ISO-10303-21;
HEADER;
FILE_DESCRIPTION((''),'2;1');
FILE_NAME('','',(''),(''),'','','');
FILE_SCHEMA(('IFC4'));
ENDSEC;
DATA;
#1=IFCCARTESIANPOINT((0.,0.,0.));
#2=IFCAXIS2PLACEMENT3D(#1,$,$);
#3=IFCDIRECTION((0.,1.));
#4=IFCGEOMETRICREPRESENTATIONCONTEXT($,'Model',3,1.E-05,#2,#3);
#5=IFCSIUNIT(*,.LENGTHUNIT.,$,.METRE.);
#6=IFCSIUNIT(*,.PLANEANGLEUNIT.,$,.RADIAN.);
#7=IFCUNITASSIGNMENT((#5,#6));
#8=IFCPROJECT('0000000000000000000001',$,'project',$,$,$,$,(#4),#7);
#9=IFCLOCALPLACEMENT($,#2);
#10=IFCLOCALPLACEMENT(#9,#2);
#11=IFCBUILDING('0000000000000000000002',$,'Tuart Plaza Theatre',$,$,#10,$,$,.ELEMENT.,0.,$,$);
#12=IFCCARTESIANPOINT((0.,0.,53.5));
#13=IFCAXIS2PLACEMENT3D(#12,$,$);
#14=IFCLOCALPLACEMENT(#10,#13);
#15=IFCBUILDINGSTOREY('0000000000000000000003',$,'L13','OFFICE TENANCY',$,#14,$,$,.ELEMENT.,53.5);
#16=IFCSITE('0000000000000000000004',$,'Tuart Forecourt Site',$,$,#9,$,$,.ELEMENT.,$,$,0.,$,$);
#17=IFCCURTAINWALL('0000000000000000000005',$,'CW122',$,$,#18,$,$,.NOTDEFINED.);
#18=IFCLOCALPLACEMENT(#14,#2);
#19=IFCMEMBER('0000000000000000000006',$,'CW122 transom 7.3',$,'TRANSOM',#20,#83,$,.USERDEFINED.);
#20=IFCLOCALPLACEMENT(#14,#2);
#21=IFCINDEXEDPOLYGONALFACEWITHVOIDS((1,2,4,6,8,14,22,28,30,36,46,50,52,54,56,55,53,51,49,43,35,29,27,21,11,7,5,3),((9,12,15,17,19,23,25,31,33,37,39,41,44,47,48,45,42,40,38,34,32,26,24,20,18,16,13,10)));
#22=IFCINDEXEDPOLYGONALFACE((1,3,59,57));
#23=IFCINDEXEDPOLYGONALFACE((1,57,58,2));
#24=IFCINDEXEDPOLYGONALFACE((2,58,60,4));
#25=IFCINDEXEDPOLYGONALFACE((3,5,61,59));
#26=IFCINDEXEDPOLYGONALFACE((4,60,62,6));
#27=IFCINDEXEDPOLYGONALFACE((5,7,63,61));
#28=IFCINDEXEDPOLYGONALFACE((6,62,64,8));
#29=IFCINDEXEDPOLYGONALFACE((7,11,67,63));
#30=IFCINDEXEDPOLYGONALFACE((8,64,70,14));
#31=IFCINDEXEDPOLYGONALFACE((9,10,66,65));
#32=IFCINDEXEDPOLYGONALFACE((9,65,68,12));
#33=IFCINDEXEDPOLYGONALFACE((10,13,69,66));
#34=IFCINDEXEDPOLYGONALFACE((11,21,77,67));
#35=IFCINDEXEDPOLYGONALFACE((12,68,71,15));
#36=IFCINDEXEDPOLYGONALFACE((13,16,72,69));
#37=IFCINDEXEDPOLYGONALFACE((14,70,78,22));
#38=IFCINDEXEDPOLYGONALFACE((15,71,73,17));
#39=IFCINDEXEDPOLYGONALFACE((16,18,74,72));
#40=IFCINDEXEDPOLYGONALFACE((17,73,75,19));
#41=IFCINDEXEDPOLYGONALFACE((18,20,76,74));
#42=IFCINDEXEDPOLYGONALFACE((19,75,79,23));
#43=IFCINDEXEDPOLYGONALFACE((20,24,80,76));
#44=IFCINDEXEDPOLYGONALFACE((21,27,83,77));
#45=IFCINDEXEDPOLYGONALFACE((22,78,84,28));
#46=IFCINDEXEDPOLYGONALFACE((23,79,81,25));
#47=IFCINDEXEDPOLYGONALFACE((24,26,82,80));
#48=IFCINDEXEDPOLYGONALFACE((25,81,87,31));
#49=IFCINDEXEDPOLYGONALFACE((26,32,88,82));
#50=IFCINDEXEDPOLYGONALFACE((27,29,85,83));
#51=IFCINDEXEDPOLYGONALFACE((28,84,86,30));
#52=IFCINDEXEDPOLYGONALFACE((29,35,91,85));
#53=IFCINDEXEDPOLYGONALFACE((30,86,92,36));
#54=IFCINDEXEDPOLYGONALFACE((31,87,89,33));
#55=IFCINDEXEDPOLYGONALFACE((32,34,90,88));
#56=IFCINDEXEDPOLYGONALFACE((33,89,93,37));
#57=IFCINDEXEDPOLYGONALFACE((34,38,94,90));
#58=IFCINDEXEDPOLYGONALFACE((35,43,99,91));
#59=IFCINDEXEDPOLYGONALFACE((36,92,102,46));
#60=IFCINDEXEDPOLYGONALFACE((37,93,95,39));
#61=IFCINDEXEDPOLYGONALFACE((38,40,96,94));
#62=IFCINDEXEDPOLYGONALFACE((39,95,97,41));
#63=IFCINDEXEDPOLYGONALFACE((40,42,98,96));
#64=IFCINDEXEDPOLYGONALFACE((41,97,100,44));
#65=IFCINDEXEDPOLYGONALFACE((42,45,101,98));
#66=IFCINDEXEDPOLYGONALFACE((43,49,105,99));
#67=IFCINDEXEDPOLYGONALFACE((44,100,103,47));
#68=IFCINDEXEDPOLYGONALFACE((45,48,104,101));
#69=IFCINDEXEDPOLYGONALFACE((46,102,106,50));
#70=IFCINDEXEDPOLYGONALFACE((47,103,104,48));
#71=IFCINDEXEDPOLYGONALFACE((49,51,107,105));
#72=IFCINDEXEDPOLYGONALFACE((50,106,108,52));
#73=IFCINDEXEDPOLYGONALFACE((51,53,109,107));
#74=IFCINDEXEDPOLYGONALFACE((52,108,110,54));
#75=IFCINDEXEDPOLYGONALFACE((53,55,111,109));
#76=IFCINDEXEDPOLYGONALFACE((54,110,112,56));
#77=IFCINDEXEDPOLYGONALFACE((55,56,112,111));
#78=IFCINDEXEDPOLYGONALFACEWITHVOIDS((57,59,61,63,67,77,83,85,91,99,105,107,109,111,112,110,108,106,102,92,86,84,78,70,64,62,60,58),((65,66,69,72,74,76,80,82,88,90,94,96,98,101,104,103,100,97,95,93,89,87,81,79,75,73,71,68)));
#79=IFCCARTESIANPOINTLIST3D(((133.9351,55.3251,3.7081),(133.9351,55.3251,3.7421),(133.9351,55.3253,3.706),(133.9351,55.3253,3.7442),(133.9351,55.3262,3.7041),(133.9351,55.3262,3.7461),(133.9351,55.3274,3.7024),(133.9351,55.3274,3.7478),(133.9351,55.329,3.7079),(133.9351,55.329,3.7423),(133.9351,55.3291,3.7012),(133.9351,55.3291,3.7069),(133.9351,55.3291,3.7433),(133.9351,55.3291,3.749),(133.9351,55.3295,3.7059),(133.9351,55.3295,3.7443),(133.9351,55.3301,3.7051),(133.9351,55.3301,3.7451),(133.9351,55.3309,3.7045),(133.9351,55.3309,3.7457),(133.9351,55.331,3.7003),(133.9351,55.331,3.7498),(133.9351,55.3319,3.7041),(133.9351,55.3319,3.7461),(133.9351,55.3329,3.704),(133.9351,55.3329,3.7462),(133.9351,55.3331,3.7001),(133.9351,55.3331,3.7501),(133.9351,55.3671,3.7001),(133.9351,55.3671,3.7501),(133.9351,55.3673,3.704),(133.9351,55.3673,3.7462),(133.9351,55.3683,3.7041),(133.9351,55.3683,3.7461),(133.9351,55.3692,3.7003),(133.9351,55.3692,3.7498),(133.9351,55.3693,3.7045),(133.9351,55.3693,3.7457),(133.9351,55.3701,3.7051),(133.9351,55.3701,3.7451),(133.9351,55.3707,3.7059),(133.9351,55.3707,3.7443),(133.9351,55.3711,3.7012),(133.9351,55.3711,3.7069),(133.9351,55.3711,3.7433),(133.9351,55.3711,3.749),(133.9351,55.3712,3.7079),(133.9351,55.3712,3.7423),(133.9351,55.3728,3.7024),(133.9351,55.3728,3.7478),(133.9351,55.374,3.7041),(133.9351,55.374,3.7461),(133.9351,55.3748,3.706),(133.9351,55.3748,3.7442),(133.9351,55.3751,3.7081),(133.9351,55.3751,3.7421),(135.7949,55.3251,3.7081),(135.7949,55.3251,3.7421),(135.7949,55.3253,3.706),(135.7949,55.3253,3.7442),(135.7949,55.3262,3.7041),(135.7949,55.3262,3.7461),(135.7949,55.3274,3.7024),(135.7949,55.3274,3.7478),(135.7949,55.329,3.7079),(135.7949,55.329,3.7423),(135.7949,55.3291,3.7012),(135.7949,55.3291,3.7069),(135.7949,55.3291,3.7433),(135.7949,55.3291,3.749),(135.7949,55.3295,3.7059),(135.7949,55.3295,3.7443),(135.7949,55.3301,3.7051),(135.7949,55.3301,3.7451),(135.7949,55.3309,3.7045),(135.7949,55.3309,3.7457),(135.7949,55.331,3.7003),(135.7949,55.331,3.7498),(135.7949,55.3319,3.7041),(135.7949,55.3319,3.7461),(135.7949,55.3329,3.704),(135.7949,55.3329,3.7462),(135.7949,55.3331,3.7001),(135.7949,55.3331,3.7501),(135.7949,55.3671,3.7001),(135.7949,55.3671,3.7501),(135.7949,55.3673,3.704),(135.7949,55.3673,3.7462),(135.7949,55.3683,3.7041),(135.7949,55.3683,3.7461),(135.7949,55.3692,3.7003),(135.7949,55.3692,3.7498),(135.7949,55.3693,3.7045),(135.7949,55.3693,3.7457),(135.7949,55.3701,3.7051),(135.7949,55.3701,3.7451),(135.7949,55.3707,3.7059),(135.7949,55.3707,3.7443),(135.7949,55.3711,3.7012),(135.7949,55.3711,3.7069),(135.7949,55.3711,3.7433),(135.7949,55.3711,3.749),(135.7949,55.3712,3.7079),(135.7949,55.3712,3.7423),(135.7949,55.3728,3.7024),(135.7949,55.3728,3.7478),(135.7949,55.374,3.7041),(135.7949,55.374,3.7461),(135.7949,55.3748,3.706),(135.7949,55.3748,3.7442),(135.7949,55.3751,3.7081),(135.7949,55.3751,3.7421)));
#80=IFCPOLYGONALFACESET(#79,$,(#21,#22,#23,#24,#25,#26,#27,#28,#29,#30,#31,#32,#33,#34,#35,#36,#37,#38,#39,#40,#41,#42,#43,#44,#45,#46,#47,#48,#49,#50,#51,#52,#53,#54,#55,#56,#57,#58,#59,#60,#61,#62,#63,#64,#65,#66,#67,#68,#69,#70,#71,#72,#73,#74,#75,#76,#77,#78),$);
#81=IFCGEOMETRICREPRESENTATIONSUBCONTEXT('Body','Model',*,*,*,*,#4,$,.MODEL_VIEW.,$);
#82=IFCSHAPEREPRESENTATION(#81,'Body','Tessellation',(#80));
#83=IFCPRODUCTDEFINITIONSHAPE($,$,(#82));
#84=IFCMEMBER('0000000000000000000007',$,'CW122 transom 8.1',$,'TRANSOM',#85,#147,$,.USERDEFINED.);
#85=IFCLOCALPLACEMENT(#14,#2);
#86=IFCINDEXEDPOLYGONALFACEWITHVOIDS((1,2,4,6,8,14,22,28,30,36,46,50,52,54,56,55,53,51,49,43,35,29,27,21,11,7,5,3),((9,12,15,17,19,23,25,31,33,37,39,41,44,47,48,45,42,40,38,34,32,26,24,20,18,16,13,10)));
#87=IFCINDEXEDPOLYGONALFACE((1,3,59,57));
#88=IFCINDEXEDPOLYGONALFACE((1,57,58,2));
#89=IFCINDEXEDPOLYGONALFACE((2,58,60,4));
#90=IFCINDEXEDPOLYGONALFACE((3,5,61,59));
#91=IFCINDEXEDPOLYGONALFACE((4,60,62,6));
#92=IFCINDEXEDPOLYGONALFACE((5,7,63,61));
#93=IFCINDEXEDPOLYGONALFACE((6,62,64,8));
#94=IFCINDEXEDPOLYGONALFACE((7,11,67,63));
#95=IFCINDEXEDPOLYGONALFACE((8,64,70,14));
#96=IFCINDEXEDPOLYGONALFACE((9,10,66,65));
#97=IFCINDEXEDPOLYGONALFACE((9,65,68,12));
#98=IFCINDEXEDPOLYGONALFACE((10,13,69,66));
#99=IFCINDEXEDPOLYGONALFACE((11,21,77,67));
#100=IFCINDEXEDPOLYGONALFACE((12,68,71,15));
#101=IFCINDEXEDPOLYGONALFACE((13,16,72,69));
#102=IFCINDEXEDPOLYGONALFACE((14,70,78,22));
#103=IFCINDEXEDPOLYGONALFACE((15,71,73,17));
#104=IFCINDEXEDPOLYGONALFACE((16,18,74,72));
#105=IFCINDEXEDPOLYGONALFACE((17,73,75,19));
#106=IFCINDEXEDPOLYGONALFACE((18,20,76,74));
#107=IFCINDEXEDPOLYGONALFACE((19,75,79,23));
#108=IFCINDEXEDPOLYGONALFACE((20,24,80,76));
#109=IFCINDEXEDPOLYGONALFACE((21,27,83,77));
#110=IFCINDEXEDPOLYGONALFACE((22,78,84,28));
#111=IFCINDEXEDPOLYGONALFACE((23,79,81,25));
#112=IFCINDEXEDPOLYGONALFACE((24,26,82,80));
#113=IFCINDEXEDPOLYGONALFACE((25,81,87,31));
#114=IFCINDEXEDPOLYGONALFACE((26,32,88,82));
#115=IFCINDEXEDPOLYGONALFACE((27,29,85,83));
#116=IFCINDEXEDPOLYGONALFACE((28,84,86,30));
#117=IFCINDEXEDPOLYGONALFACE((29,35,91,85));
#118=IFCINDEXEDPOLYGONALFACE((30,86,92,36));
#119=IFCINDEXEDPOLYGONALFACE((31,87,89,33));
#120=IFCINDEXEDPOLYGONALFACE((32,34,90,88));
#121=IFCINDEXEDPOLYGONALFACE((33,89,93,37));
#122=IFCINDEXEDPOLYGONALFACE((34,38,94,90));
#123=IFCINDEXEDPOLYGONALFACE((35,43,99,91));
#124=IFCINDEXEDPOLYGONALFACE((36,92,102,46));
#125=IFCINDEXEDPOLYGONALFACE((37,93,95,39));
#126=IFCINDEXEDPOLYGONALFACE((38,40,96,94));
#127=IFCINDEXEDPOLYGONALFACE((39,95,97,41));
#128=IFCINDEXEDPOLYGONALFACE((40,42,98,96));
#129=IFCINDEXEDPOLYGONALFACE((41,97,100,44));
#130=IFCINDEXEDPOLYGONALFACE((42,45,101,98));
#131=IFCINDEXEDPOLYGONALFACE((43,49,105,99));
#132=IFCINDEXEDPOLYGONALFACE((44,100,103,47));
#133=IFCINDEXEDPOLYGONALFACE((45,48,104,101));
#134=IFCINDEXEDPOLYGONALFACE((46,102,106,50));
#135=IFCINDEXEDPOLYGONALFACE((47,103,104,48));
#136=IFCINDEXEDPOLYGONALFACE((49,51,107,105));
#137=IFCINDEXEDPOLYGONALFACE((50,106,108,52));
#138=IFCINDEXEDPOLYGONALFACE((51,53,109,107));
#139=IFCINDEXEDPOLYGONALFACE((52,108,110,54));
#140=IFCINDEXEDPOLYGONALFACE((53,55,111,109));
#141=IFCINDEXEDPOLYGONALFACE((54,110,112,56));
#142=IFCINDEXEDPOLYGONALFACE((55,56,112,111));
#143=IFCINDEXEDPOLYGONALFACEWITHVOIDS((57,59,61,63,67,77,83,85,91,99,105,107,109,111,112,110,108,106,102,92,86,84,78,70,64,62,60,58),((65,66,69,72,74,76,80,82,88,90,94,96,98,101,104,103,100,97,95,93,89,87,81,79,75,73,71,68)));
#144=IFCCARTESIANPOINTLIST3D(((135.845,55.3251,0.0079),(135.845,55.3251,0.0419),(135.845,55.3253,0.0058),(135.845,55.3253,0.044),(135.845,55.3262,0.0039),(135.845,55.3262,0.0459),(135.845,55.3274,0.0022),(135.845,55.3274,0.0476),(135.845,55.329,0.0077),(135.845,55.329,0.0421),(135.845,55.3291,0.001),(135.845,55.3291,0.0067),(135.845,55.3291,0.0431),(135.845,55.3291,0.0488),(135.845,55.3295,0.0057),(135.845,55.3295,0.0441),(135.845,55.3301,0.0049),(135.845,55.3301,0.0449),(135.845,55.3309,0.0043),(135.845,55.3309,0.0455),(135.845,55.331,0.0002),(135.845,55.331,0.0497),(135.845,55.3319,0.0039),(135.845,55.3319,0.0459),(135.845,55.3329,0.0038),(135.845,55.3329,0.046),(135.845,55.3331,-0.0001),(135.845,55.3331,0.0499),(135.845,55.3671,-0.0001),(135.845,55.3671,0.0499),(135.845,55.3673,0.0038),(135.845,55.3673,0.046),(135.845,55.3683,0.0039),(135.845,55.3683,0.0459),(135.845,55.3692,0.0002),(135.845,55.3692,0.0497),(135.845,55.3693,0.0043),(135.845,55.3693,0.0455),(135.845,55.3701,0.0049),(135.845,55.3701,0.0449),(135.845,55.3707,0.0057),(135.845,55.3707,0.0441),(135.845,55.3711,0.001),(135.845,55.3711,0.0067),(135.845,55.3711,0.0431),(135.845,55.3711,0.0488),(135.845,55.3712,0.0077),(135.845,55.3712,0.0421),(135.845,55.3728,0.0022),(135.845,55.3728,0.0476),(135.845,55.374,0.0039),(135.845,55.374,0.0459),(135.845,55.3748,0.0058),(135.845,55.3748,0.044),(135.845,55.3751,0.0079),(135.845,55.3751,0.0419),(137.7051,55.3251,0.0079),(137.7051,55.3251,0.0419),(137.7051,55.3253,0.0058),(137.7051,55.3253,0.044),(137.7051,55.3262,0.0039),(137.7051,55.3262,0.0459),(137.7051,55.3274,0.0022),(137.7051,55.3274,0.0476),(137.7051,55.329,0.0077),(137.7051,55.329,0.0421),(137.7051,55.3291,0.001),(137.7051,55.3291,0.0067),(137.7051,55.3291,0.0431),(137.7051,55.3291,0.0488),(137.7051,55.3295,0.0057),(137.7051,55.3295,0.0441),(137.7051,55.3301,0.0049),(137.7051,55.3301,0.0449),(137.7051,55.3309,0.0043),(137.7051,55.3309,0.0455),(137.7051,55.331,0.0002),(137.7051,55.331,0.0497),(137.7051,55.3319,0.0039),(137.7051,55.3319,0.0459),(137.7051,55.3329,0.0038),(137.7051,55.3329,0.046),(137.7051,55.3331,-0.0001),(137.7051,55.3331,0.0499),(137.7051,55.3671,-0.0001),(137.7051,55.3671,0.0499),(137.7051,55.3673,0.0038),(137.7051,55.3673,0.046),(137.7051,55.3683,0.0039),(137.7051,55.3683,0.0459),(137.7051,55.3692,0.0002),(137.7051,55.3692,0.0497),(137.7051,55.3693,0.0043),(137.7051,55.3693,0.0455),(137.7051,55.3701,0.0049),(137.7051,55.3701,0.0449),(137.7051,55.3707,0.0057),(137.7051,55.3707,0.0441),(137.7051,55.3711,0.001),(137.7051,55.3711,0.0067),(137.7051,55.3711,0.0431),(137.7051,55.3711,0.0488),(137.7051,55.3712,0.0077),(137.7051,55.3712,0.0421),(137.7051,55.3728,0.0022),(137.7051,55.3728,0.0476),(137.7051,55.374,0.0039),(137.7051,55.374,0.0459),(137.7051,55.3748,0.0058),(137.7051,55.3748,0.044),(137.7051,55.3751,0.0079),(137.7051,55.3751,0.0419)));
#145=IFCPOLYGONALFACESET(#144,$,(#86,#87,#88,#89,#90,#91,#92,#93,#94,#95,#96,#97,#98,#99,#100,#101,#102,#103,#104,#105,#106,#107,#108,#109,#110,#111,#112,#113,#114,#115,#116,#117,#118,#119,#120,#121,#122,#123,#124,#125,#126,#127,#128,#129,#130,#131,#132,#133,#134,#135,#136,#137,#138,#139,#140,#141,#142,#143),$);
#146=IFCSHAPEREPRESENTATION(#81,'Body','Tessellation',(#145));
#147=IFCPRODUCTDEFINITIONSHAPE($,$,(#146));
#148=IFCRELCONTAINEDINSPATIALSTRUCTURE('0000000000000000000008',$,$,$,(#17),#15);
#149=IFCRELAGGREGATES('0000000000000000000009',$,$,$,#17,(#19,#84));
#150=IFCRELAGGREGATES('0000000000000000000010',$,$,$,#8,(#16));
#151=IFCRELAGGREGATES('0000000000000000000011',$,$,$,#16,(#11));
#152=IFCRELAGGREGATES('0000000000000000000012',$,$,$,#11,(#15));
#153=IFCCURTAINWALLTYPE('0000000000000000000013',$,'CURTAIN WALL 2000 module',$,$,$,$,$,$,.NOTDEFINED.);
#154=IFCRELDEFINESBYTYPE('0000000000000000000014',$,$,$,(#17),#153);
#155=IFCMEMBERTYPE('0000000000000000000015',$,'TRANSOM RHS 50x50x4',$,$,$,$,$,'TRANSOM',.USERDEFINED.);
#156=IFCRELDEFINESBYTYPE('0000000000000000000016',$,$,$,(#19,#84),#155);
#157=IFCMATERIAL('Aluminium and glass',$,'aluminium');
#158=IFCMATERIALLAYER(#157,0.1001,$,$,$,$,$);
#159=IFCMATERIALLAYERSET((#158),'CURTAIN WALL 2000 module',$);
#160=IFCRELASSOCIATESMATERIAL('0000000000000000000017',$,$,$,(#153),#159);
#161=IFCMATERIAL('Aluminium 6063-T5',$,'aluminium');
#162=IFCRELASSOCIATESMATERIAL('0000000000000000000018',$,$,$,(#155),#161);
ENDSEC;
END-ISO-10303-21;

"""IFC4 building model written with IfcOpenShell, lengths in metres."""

from ifc_helpers import new_model, si_unit, direction, frame, origin, origin_2d, place, context, subcontext, project, spatial, hollow_rectangle, extrude, material, layer, layer_set, material_profile, profile_set, type_object, element, aggregate, save


model = new_model("IFC4")

# Units and contexts
model_context = context("Model", 3, precision=1e-05, world=origin(), true_north=direction((0.0, 1.0)))
body_context = subcontext(model_context, "Body", "Model", "MODEL_VIEW")
ifc_project = project(units=[si_unit("LENGTHUNIT", "METRE"), si_unit("PLANEANGLEUNIT", "RADIAN")], contexts=[model_context])

# Site, building, storey
site_placement = place(None, origin())
site = spatial("IfcSite", under=ifc_project, at=site_placement, Name="Tuart Forecourt Site", CompositionType="ELEMENT", RefElevation=0.0)
building_placement = place(site_placement, origin())
building = spatial("IfcBuilding", under=site, at=building_placement, Name="Tuart Plaza Theatre", CompositionType="ELEMENT", ElevationOfRefHeight=0.0)
storey_placement = place(building_placement, frame((0.0, 0.0, 53.5)))
storey = spatial("IfcBuildingStorey", under=building, at=storey_placement, Name="L13", Description="OFFICE TENANCY", CompositionType="ELEMENT", Elevation=53.5)

# Curtain wall, members
ifc_material_1 = material(Name="Aluminium and glass", Category="aluminium")
ifc_layer_1 = layer(ifc_material_1, 0.1001)
ifc_layer_set_1 = layer_set([ifc_layer_1], Name="CURTAIN WALL 2000 module")
curtain_wall_type = type_object("IfcCurtainWallType", Name="CURTAIN WALL 2000 module", PredefinedType="NOTDEFINED", material=ifc_layer_set_1)
curtain_wall_placement = place(storey_placement, origin())
curtain_wall = element("IfcCurtainWall", 1, at=curtain_wall_placement, inside=storey, type_object=curtain_wall_type, Name="CW122", PredefinedType="NOTDEFINED")
ifc_material_2 = material(Name="Aluminium 6063-T5", Category="aluminium")
ifc_material_profile_1 = material_profile(ifc_material_2, hollow_rectangle(XDim=0.05, YDim=0.05, WallThickness=0.0039, InnerFilletRadius=0.0039, OuterFilletRadius=0.0081, at=origin_2d()), Name="RHS 50x50x4")
ifc_profile_set_1 = profile_set([ifc_material_profile_1], Name="Aluminium 6063-T5")
member_type_1 = type_object("IfcMemberType", Name="TRANSOM RHS 50x50x4", ElementType="TRANSOM", PredefinedType="USERDEFINED", material=ifc_profile_set_1)
member_1_placement = place(storey_placement, frame((133.9351, 55.3501, 3.7251), z_axis=(1.0, 0.0, 0.0), x_axis=(0.0, 1.0, 0.0)))
member_1 = element("IfcMember", 2, at=member_1_placement, type_object=member_type_1, Name="CW122 transom 7.3", ObjectType="TRANSOM", PredefinedType="USERDEFINED", context=body_context, shape_type="SweptSolid", body=[
    extrude(hollow_rectangle(XDim=0.05, YDim=0.05, WallThickness=0.0039, InnerFilletRadius=0.0039, OuterFilletRadius=0.0081, at=origin_2d()), origin(), (0.0, 0.0, 1.0), 1.8599),
])
member_2_placement = place(storey_placement, frame((135.845, 55.3501, 0.0249), z_axis=(1.0, 0.0, 0.0), x_axis=(0.0, 1.0, 0.0)))
member_2 = element("IfcMember", 3, at=member_2_placement, type_object=member_type_1, Name="CW122 transom 8.1", ObjectType="TRANSOM", PredefinedType="USERDEFINED", context=body_context, shape_type="SweptSolid", body=[
    extrude(hollow_rectangle(XDim=0.05, YDim=0.05, WallThickness=0.0039, InnerFilletRadius=0.0039, OuterFilletRadius=0.0081, at=origin_2d()), origin(), (0.0, 0.0, 1.0), 1.8601),
])
aggregate(curtain_wall, [member_1, member_2])

save(model, "model.ifc")
